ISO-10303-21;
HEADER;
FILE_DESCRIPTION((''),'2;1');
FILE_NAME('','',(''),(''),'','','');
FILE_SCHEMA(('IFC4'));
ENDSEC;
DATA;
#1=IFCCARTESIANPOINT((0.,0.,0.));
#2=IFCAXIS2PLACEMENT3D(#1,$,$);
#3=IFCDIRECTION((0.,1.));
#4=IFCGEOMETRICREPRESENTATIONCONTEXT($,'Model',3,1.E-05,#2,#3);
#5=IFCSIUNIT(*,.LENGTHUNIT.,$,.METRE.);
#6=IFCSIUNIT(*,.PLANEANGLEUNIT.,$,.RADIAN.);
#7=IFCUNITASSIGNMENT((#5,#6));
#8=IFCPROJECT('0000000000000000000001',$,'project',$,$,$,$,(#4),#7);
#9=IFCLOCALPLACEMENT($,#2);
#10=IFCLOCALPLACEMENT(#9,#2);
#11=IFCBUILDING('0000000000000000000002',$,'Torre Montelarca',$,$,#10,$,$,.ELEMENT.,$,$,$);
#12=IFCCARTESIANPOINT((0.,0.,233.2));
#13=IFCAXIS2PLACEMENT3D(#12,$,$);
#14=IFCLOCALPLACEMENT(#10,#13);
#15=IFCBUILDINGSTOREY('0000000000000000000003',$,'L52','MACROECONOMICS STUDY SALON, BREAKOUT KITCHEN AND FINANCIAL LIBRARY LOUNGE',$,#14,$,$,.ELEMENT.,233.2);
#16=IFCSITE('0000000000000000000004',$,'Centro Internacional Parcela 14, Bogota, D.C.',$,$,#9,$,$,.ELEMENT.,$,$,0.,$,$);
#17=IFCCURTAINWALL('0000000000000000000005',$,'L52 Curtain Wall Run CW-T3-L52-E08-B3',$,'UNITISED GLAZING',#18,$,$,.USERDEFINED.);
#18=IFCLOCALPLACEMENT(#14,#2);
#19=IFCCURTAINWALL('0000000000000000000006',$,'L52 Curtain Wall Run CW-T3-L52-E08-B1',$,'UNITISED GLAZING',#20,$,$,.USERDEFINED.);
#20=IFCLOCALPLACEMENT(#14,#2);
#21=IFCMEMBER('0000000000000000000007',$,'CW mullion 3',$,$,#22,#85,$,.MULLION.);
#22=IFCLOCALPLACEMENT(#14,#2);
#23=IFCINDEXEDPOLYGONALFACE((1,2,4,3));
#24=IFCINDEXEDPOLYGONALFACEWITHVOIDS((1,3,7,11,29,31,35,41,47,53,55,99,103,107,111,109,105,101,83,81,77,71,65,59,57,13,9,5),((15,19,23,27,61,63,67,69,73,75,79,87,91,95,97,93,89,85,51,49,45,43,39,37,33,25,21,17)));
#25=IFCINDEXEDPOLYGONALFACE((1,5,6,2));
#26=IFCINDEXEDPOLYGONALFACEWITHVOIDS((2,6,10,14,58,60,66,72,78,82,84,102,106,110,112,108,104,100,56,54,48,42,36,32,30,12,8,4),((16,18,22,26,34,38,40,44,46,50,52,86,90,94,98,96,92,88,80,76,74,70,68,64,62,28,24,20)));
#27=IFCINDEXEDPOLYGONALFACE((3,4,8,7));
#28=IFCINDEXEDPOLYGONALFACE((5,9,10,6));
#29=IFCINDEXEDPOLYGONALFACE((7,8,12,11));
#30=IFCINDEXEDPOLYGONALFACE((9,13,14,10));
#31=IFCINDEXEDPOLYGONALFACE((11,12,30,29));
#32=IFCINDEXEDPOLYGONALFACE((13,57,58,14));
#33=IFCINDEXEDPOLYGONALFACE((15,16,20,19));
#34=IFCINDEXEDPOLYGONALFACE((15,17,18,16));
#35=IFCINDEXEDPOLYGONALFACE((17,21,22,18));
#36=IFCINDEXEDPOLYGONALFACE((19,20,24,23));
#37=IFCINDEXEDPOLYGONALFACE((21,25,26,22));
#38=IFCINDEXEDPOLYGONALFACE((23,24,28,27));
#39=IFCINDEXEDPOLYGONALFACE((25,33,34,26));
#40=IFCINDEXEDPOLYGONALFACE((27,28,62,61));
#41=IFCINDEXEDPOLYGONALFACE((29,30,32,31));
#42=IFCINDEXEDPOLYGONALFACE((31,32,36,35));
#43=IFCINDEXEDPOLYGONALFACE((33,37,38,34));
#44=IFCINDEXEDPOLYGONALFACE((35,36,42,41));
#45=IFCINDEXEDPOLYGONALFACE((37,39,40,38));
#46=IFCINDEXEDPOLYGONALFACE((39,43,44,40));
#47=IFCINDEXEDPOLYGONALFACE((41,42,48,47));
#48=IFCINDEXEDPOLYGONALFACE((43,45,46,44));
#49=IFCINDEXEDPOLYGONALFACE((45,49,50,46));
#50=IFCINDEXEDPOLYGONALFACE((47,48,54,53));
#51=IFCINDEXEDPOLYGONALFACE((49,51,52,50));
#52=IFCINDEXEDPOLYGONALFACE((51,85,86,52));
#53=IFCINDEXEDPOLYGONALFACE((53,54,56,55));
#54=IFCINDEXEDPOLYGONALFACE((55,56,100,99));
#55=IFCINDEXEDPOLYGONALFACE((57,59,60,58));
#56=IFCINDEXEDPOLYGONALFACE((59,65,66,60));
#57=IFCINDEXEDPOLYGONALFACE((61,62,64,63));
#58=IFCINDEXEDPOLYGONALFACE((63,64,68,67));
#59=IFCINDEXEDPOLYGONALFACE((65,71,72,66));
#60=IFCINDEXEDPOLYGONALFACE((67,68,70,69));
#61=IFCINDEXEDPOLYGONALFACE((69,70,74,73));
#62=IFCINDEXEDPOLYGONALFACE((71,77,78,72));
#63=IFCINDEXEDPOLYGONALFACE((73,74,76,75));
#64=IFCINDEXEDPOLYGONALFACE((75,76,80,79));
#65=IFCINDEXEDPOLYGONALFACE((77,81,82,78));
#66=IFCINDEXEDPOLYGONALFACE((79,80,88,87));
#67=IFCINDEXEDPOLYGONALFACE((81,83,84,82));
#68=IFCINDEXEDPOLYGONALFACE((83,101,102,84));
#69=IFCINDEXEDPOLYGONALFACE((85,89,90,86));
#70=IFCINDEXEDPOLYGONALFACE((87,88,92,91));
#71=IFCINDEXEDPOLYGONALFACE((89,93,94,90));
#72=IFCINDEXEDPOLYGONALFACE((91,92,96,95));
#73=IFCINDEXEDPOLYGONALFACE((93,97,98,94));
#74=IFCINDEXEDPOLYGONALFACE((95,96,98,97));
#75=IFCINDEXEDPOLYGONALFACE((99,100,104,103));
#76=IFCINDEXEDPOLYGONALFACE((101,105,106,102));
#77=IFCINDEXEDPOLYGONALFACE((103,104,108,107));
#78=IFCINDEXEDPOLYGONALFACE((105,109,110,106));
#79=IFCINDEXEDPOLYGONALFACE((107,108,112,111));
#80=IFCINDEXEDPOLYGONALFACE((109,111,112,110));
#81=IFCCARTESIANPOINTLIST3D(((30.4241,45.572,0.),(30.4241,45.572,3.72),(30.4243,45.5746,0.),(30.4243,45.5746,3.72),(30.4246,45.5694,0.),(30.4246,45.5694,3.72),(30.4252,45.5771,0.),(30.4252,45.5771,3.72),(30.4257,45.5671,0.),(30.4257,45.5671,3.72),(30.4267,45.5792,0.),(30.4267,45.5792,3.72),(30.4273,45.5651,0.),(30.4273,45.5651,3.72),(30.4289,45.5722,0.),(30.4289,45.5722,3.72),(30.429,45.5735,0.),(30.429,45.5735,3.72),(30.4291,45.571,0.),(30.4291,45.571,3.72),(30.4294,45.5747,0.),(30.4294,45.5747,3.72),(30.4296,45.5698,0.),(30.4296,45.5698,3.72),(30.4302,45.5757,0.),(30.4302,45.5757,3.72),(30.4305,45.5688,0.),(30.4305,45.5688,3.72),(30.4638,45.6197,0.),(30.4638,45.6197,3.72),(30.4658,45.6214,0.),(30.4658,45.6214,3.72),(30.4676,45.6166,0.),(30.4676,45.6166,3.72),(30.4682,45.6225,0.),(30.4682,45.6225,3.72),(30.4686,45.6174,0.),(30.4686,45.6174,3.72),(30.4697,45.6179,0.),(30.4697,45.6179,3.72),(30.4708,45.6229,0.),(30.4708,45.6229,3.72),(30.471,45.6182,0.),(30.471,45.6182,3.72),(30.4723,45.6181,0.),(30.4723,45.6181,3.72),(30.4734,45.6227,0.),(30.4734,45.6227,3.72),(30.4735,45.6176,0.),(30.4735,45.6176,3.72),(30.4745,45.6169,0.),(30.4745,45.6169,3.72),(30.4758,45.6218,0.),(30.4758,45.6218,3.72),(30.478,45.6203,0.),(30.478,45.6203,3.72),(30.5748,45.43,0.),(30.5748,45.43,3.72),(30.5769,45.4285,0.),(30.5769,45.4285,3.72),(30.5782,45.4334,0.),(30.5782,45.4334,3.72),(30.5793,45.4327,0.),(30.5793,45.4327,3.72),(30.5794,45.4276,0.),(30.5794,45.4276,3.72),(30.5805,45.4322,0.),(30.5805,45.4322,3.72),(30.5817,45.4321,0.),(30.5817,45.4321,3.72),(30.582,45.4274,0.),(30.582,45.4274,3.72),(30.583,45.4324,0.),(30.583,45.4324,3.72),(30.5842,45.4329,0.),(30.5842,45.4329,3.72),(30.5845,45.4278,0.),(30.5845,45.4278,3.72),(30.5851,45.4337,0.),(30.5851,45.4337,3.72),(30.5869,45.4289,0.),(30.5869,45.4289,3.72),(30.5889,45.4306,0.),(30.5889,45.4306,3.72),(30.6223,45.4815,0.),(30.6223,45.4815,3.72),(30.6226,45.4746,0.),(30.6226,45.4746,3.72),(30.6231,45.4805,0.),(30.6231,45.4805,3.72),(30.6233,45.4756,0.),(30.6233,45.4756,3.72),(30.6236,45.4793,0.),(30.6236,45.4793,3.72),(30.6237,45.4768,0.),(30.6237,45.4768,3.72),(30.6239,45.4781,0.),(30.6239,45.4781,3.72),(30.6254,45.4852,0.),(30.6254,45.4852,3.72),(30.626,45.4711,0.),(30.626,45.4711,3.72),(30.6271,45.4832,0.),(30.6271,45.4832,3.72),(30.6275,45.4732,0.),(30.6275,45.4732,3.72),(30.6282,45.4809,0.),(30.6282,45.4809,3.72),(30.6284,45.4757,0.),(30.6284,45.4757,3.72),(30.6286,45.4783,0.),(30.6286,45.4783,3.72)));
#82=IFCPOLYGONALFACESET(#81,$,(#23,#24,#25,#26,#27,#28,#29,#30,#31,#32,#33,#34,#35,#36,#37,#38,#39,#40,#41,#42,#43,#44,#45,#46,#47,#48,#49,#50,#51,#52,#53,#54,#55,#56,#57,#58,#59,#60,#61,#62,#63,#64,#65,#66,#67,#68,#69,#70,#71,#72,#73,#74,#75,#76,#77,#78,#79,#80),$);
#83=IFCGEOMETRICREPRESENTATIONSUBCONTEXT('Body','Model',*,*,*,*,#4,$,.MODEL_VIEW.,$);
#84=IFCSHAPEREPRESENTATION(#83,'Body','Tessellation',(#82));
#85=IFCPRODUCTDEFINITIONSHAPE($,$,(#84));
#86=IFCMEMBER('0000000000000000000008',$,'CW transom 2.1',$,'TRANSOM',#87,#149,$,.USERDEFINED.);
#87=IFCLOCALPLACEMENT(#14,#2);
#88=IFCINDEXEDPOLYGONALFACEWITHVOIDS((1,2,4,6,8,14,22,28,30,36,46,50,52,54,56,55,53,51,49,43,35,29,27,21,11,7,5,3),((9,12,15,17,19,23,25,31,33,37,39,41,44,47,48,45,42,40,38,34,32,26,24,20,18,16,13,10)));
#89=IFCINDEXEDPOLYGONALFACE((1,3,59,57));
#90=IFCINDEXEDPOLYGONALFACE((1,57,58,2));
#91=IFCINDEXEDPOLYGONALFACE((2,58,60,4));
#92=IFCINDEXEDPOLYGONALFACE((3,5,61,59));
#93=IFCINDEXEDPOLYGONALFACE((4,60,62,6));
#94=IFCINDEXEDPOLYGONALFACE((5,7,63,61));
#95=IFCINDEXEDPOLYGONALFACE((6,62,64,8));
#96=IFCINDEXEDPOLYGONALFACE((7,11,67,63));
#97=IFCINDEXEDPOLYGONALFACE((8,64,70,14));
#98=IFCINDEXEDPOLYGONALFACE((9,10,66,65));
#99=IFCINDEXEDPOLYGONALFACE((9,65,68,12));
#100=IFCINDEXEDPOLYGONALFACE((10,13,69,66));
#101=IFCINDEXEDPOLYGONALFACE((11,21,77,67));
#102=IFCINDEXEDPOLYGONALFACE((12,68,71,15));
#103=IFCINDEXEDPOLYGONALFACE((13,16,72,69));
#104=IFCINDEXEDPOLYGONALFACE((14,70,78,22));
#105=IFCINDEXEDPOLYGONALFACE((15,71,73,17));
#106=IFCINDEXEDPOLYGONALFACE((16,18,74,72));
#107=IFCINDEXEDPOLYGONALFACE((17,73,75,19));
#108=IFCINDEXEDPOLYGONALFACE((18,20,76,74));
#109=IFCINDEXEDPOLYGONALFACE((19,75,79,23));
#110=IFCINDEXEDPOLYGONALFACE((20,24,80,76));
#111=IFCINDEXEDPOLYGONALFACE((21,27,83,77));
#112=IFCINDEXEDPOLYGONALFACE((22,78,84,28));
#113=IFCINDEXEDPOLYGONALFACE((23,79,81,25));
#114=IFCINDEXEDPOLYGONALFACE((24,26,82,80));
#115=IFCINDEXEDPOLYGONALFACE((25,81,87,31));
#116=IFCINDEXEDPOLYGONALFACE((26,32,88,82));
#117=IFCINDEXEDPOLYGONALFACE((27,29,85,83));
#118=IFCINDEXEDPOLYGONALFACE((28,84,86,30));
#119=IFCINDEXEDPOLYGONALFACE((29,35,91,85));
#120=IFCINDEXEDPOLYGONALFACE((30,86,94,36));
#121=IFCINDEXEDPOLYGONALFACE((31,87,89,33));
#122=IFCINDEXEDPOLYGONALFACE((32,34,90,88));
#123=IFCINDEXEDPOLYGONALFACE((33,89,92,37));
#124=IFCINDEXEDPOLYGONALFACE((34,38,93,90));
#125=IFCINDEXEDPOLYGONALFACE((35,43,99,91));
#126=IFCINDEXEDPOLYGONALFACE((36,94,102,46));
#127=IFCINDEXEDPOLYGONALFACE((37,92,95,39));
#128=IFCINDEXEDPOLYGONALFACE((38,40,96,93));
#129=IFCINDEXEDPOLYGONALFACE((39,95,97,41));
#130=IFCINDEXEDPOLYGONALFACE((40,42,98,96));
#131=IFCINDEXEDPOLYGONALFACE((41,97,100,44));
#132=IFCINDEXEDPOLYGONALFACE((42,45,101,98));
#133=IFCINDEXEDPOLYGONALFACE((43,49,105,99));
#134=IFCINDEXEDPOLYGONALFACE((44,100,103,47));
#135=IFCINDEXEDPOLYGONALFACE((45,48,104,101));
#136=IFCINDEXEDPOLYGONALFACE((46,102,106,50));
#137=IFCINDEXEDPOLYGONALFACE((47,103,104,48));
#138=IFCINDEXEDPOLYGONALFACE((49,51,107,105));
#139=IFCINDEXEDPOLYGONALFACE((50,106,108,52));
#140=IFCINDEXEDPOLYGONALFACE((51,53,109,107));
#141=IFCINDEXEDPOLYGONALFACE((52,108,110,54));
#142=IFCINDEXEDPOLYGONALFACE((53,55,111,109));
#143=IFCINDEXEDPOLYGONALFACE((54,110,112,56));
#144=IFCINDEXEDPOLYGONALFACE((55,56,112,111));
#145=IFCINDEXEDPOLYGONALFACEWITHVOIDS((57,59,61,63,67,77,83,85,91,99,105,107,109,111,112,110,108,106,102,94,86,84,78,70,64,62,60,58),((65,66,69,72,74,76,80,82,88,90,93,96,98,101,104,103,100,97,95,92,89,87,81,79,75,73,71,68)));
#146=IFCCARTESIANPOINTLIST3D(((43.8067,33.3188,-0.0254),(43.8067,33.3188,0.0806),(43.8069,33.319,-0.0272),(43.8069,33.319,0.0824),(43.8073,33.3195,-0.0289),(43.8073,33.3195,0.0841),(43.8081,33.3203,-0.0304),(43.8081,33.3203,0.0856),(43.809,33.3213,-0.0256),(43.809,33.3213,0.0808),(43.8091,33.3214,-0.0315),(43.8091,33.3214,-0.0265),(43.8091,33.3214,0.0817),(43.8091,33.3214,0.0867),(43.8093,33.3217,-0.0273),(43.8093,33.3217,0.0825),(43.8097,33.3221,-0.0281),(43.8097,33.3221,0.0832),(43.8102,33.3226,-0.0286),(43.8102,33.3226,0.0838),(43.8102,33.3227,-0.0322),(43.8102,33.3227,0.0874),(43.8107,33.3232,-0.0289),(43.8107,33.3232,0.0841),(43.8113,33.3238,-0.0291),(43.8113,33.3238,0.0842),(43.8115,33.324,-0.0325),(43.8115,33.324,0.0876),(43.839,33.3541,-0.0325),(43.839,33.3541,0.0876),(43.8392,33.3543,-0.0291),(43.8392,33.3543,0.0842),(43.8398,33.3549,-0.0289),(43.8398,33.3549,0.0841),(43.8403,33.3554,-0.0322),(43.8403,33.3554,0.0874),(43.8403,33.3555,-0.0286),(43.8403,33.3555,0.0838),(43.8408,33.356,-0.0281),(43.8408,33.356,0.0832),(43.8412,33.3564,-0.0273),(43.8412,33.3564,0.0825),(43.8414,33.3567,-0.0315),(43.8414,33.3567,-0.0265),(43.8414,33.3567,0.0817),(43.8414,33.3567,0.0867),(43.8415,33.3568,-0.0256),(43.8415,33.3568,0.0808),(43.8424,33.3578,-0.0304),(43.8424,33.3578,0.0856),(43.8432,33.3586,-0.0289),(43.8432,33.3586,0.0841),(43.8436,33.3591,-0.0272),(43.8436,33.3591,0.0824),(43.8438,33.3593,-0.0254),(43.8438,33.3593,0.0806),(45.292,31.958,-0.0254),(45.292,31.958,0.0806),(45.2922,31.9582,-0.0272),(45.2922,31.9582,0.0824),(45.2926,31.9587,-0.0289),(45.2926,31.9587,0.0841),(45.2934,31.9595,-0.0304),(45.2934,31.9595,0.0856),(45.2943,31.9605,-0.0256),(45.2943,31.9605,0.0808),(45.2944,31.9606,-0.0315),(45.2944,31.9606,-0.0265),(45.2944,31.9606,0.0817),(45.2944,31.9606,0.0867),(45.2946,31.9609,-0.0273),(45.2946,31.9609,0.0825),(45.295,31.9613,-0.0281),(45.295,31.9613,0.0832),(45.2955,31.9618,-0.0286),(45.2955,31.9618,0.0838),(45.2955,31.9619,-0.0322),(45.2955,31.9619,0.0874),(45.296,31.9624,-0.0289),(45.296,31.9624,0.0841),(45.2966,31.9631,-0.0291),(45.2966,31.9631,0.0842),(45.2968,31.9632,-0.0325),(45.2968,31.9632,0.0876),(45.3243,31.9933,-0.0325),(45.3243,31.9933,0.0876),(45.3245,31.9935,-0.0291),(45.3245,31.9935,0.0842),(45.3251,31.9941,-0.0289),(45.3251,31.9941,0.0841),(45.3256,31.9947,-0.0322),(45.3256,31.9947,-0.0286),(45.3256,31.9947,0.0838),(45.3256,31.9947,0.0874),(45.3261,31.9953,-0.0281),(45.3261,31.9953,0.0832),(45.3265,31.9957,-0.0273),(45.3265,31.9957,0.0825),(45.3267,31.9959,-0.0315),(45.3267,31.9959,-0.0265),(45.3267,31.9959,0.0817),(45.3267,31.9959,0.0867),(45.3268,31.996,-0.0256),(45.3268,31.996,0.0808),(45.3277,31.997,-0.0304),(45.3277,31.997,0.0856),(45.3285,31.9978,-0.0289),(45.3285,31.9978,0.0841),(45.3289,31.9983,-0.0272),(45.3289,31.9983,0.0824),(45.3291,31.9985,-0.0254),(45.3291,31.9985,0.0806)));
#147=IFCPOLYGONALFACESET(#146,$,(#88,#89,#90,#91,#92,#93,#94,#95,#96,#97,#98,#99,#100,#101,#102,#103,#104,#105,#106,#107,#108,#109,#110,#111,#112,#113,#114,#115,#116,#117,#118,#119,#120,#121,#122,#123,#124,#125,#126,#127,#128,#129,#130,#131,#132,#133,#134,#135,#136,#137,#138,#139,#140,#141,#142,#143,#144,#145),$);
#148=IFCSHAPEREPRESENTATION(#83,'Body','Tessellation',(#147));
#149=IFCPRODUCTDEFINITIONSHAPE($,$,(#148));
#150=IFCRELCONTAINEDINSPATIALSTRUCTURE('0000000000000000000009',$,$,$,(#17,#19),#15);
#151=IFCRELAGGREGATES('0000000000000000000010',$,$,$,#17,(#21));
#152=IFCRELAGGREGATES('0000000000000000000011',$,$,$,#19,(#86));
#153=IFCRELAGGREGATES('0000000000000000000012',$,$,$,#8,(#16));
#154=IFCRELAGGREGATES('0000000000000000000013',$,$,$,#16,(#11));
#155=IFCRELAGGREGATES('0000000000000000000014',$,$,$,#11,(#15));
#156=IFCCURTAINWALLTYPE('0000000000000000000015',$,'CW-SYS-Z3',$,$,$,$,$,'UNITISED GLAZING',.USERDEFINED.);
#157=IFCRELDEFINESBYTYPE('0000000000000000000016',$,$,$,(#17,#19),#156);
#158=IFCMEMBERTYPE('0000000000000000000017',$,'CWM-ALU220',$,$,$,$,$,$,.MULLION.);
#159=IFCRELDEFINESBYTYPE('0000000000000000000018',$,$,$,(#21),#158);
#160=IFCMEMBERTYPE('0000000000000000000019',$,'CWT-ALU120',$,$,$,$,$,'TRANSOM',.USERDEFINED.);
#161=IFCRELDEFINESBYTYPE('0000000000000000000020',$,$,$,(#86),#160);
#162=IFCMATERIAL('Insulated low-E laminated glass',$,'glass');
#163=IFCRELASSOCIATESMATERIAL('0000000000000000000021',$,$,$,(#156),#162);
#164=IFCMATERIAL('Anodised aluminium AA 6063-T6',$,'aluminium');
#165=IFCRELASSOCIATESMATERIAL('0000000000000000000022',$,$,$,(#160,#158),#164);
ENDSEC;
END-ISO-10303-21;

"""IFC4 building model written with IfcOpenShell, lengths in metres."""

from ifc_helpers import new_model, si_unit, direction, frame, origin, origin_2d, place, context, subcontext, project, spatial, hollow_rectangle, extrude, source, transform, mapped, material, material_profile, profile_set, type_object, element, aggregate, save


model = new_model("IFC4")

# Units and contexts
model_context = context("Model", 3, precision=1e-05, world=origin(), true_north=direction((0.0, 1.0)))
body_context = subcontext(model_context, "Body", "Model", "MODEL_VIEW")
ifc_project = project(units=[si_unit("LENGTHUNIT", "METRE"), si_unit("PLANEANGLEUNIT", "RADIAN")], contexts=[model_context])

# Site, building, storey
site_placement = place(None, origin())
site = spatial("IfcSite", under=ifc_project, at=site_placement, Name="Centro Internacional Parcela 14, Bogota, D.C.", CompositionType="ELEMENT", RefElevation=0.0)
building_placement = place(site_placement, origin())
building = spatial("IfcBuilding", under=site, at=building_placement, Name="Torre Montelarca", CompositionType="ELEMENT")
storey_placement = place(building_placement, frame((0.0, 0.0, 233.2)))
storey = spatial("IfcBuildingStorey", under=building, at=storey_placement, Name="L52", Description="MACROECONOMICS STUDY SALON, BREAKOUT KITCHEN AND FINANCIAL LIBRARY LOUNGE", CompositionType="ELEMENT", Elevation=233.2)

# Curtain walls
ifc_material_1 = material(Name="Insulated low-E laminated glass", Category="glass")
curtain_wall_type = type_object("IfcCurtainWallType", Name="CW-SYS-Z3", ElementType="UNITISED GLAZING", PredefinedType="USERDEFINED", material=ifc_material_1)
ifc_material_2 = material(Name="Anodised aluminium AA 6063-T6", Category="aluminium")
ifc_material_profile_1 = material_profile(ifc_material_2, hollow_rectangle(XDim=0.0549, YDim=0.1201, WallThickness=0.0034, InnerFilletRadius=0.0034, OuterFilletRadius=0.0071, at=origin_2d()), Name="ALU55X120X3.5", Category="aluminium")
ifc_profile_set_1 = profile_set([ifc_material_profile_1], Name="Anodised aluminium AA 6063-T6")
member_type_1 = type_object("IfcMemberType", Name="CWT-ALU120", ElementType="TRANSOM", PredefinedType="USERDEFINED", material=ifc_profile_set_1)
curtain_wall_1_placement = place(storey_placement, origin())
curtain_wall_1 = element("IfcCurtainWall", 1, at=curtain_wall_1_placement, inside=storey, type_object=curtain_wall_type, Name="L52 Curtain Wall Run CW-T3-L52-E08-B3", ObjectType="UNITISED GLAZING", PredefinedType="USERDEFINED")
curtain_wall_2_placement = place(storey_placement, origin())
curtain_wall_2 = element("IfcCurtainWall", 2, at=curtain_wall_2_placement, inside=storey, type_object=curtain_wall_type, Name="L52 Curtain Wall Run CW-T3-L52-E08-B1", ObjectType="UNITISED GLAZING", PredefinedType="USERDEFINED")
ifc_material_profile_2 = material_profile(ifc_material_2, hollow_rectangle(XDim=0.075, YDim=0.22, WallThickness=0.0049, InnerFilletRadius=0.0049, OuterFilletRadius=0.01, at=origin_2d()), Name="ALU75X220X5", Category="aluminium")
ifc_profile_set_2 = profile_set([ifc_material_profile_2], Name="Anodised aluminium AA 6063-T6")
member_type_2 = type_object("IfcMemberType", Name="CWM-ALU220", PredefinedType="MULLION", material=ifc_profile_set_2)
shared_shape_1 = source(origin(), body_context, "Body", "SweptSolid", [
    extrude(hollow_rectangle(XDim=0.075, YDim=0.22, WallThickness=0.0049, InnerFilletRadius=0.0049, OuterFilletRadius=0.01, at=origin_2d()), origin(), (0.0, 0.0, 1.0), 3.72),
])

# Members
member_1_placement = place(storey_placement, frame((30.5264, 45.5251, 0.0), z_axis=(0.0, 0.0, 1.0), x_axis=(-0.675588, -0.737279, 0.0)))
member_1 = element("IfcMember", 3, at=member_1_placement, type_object=member_type_2, Name="CW mullion 3", PredefinedType="MULLION", context=body_context, shape_type="MappedRepresentation", body=[
    mapped(shared_shape_1, transform((0.0, 0.0, 0.0), scale=1.0)),
])
shared_shape_2 = source(origin(), body_context, "Body", "SweptSolid", [
    extrude(hollow_rectangle(XDim=0.0549, YDim=0.1201, WallThickness=0.0034, InnerFilletRadius=0.0034, OuterFilletRadius=0.0071, at=origin_2d()), origin(), (0.0, 0.0, 1.0), 2.0144),
])
member_2_placement = place(storey_placement, frame((45.3105, 31.9783, 0.0276), z_axis=(-0.737335, 0.675527, 0.0), x_axis=(-0.675527, -0.737335, 0.0)))
member_2 = element("IfcMember", 4, at=member_2_placement, type_object=member_type_1, Name="CW transom 2.1", ObjectType="TRANSOM", PredefinedType="USERDEFINED", context=body_context, shape_type="MappedRepresentation", body=[
    mapped(shared_shape_2, transform((0.0, 0.0, 0.0), scale=1.0)),
])

aggregate(curtain_wall_1, [member_1])
aggregate(curtain_wall_2, [member_2])

save(model, "model.ifc")
